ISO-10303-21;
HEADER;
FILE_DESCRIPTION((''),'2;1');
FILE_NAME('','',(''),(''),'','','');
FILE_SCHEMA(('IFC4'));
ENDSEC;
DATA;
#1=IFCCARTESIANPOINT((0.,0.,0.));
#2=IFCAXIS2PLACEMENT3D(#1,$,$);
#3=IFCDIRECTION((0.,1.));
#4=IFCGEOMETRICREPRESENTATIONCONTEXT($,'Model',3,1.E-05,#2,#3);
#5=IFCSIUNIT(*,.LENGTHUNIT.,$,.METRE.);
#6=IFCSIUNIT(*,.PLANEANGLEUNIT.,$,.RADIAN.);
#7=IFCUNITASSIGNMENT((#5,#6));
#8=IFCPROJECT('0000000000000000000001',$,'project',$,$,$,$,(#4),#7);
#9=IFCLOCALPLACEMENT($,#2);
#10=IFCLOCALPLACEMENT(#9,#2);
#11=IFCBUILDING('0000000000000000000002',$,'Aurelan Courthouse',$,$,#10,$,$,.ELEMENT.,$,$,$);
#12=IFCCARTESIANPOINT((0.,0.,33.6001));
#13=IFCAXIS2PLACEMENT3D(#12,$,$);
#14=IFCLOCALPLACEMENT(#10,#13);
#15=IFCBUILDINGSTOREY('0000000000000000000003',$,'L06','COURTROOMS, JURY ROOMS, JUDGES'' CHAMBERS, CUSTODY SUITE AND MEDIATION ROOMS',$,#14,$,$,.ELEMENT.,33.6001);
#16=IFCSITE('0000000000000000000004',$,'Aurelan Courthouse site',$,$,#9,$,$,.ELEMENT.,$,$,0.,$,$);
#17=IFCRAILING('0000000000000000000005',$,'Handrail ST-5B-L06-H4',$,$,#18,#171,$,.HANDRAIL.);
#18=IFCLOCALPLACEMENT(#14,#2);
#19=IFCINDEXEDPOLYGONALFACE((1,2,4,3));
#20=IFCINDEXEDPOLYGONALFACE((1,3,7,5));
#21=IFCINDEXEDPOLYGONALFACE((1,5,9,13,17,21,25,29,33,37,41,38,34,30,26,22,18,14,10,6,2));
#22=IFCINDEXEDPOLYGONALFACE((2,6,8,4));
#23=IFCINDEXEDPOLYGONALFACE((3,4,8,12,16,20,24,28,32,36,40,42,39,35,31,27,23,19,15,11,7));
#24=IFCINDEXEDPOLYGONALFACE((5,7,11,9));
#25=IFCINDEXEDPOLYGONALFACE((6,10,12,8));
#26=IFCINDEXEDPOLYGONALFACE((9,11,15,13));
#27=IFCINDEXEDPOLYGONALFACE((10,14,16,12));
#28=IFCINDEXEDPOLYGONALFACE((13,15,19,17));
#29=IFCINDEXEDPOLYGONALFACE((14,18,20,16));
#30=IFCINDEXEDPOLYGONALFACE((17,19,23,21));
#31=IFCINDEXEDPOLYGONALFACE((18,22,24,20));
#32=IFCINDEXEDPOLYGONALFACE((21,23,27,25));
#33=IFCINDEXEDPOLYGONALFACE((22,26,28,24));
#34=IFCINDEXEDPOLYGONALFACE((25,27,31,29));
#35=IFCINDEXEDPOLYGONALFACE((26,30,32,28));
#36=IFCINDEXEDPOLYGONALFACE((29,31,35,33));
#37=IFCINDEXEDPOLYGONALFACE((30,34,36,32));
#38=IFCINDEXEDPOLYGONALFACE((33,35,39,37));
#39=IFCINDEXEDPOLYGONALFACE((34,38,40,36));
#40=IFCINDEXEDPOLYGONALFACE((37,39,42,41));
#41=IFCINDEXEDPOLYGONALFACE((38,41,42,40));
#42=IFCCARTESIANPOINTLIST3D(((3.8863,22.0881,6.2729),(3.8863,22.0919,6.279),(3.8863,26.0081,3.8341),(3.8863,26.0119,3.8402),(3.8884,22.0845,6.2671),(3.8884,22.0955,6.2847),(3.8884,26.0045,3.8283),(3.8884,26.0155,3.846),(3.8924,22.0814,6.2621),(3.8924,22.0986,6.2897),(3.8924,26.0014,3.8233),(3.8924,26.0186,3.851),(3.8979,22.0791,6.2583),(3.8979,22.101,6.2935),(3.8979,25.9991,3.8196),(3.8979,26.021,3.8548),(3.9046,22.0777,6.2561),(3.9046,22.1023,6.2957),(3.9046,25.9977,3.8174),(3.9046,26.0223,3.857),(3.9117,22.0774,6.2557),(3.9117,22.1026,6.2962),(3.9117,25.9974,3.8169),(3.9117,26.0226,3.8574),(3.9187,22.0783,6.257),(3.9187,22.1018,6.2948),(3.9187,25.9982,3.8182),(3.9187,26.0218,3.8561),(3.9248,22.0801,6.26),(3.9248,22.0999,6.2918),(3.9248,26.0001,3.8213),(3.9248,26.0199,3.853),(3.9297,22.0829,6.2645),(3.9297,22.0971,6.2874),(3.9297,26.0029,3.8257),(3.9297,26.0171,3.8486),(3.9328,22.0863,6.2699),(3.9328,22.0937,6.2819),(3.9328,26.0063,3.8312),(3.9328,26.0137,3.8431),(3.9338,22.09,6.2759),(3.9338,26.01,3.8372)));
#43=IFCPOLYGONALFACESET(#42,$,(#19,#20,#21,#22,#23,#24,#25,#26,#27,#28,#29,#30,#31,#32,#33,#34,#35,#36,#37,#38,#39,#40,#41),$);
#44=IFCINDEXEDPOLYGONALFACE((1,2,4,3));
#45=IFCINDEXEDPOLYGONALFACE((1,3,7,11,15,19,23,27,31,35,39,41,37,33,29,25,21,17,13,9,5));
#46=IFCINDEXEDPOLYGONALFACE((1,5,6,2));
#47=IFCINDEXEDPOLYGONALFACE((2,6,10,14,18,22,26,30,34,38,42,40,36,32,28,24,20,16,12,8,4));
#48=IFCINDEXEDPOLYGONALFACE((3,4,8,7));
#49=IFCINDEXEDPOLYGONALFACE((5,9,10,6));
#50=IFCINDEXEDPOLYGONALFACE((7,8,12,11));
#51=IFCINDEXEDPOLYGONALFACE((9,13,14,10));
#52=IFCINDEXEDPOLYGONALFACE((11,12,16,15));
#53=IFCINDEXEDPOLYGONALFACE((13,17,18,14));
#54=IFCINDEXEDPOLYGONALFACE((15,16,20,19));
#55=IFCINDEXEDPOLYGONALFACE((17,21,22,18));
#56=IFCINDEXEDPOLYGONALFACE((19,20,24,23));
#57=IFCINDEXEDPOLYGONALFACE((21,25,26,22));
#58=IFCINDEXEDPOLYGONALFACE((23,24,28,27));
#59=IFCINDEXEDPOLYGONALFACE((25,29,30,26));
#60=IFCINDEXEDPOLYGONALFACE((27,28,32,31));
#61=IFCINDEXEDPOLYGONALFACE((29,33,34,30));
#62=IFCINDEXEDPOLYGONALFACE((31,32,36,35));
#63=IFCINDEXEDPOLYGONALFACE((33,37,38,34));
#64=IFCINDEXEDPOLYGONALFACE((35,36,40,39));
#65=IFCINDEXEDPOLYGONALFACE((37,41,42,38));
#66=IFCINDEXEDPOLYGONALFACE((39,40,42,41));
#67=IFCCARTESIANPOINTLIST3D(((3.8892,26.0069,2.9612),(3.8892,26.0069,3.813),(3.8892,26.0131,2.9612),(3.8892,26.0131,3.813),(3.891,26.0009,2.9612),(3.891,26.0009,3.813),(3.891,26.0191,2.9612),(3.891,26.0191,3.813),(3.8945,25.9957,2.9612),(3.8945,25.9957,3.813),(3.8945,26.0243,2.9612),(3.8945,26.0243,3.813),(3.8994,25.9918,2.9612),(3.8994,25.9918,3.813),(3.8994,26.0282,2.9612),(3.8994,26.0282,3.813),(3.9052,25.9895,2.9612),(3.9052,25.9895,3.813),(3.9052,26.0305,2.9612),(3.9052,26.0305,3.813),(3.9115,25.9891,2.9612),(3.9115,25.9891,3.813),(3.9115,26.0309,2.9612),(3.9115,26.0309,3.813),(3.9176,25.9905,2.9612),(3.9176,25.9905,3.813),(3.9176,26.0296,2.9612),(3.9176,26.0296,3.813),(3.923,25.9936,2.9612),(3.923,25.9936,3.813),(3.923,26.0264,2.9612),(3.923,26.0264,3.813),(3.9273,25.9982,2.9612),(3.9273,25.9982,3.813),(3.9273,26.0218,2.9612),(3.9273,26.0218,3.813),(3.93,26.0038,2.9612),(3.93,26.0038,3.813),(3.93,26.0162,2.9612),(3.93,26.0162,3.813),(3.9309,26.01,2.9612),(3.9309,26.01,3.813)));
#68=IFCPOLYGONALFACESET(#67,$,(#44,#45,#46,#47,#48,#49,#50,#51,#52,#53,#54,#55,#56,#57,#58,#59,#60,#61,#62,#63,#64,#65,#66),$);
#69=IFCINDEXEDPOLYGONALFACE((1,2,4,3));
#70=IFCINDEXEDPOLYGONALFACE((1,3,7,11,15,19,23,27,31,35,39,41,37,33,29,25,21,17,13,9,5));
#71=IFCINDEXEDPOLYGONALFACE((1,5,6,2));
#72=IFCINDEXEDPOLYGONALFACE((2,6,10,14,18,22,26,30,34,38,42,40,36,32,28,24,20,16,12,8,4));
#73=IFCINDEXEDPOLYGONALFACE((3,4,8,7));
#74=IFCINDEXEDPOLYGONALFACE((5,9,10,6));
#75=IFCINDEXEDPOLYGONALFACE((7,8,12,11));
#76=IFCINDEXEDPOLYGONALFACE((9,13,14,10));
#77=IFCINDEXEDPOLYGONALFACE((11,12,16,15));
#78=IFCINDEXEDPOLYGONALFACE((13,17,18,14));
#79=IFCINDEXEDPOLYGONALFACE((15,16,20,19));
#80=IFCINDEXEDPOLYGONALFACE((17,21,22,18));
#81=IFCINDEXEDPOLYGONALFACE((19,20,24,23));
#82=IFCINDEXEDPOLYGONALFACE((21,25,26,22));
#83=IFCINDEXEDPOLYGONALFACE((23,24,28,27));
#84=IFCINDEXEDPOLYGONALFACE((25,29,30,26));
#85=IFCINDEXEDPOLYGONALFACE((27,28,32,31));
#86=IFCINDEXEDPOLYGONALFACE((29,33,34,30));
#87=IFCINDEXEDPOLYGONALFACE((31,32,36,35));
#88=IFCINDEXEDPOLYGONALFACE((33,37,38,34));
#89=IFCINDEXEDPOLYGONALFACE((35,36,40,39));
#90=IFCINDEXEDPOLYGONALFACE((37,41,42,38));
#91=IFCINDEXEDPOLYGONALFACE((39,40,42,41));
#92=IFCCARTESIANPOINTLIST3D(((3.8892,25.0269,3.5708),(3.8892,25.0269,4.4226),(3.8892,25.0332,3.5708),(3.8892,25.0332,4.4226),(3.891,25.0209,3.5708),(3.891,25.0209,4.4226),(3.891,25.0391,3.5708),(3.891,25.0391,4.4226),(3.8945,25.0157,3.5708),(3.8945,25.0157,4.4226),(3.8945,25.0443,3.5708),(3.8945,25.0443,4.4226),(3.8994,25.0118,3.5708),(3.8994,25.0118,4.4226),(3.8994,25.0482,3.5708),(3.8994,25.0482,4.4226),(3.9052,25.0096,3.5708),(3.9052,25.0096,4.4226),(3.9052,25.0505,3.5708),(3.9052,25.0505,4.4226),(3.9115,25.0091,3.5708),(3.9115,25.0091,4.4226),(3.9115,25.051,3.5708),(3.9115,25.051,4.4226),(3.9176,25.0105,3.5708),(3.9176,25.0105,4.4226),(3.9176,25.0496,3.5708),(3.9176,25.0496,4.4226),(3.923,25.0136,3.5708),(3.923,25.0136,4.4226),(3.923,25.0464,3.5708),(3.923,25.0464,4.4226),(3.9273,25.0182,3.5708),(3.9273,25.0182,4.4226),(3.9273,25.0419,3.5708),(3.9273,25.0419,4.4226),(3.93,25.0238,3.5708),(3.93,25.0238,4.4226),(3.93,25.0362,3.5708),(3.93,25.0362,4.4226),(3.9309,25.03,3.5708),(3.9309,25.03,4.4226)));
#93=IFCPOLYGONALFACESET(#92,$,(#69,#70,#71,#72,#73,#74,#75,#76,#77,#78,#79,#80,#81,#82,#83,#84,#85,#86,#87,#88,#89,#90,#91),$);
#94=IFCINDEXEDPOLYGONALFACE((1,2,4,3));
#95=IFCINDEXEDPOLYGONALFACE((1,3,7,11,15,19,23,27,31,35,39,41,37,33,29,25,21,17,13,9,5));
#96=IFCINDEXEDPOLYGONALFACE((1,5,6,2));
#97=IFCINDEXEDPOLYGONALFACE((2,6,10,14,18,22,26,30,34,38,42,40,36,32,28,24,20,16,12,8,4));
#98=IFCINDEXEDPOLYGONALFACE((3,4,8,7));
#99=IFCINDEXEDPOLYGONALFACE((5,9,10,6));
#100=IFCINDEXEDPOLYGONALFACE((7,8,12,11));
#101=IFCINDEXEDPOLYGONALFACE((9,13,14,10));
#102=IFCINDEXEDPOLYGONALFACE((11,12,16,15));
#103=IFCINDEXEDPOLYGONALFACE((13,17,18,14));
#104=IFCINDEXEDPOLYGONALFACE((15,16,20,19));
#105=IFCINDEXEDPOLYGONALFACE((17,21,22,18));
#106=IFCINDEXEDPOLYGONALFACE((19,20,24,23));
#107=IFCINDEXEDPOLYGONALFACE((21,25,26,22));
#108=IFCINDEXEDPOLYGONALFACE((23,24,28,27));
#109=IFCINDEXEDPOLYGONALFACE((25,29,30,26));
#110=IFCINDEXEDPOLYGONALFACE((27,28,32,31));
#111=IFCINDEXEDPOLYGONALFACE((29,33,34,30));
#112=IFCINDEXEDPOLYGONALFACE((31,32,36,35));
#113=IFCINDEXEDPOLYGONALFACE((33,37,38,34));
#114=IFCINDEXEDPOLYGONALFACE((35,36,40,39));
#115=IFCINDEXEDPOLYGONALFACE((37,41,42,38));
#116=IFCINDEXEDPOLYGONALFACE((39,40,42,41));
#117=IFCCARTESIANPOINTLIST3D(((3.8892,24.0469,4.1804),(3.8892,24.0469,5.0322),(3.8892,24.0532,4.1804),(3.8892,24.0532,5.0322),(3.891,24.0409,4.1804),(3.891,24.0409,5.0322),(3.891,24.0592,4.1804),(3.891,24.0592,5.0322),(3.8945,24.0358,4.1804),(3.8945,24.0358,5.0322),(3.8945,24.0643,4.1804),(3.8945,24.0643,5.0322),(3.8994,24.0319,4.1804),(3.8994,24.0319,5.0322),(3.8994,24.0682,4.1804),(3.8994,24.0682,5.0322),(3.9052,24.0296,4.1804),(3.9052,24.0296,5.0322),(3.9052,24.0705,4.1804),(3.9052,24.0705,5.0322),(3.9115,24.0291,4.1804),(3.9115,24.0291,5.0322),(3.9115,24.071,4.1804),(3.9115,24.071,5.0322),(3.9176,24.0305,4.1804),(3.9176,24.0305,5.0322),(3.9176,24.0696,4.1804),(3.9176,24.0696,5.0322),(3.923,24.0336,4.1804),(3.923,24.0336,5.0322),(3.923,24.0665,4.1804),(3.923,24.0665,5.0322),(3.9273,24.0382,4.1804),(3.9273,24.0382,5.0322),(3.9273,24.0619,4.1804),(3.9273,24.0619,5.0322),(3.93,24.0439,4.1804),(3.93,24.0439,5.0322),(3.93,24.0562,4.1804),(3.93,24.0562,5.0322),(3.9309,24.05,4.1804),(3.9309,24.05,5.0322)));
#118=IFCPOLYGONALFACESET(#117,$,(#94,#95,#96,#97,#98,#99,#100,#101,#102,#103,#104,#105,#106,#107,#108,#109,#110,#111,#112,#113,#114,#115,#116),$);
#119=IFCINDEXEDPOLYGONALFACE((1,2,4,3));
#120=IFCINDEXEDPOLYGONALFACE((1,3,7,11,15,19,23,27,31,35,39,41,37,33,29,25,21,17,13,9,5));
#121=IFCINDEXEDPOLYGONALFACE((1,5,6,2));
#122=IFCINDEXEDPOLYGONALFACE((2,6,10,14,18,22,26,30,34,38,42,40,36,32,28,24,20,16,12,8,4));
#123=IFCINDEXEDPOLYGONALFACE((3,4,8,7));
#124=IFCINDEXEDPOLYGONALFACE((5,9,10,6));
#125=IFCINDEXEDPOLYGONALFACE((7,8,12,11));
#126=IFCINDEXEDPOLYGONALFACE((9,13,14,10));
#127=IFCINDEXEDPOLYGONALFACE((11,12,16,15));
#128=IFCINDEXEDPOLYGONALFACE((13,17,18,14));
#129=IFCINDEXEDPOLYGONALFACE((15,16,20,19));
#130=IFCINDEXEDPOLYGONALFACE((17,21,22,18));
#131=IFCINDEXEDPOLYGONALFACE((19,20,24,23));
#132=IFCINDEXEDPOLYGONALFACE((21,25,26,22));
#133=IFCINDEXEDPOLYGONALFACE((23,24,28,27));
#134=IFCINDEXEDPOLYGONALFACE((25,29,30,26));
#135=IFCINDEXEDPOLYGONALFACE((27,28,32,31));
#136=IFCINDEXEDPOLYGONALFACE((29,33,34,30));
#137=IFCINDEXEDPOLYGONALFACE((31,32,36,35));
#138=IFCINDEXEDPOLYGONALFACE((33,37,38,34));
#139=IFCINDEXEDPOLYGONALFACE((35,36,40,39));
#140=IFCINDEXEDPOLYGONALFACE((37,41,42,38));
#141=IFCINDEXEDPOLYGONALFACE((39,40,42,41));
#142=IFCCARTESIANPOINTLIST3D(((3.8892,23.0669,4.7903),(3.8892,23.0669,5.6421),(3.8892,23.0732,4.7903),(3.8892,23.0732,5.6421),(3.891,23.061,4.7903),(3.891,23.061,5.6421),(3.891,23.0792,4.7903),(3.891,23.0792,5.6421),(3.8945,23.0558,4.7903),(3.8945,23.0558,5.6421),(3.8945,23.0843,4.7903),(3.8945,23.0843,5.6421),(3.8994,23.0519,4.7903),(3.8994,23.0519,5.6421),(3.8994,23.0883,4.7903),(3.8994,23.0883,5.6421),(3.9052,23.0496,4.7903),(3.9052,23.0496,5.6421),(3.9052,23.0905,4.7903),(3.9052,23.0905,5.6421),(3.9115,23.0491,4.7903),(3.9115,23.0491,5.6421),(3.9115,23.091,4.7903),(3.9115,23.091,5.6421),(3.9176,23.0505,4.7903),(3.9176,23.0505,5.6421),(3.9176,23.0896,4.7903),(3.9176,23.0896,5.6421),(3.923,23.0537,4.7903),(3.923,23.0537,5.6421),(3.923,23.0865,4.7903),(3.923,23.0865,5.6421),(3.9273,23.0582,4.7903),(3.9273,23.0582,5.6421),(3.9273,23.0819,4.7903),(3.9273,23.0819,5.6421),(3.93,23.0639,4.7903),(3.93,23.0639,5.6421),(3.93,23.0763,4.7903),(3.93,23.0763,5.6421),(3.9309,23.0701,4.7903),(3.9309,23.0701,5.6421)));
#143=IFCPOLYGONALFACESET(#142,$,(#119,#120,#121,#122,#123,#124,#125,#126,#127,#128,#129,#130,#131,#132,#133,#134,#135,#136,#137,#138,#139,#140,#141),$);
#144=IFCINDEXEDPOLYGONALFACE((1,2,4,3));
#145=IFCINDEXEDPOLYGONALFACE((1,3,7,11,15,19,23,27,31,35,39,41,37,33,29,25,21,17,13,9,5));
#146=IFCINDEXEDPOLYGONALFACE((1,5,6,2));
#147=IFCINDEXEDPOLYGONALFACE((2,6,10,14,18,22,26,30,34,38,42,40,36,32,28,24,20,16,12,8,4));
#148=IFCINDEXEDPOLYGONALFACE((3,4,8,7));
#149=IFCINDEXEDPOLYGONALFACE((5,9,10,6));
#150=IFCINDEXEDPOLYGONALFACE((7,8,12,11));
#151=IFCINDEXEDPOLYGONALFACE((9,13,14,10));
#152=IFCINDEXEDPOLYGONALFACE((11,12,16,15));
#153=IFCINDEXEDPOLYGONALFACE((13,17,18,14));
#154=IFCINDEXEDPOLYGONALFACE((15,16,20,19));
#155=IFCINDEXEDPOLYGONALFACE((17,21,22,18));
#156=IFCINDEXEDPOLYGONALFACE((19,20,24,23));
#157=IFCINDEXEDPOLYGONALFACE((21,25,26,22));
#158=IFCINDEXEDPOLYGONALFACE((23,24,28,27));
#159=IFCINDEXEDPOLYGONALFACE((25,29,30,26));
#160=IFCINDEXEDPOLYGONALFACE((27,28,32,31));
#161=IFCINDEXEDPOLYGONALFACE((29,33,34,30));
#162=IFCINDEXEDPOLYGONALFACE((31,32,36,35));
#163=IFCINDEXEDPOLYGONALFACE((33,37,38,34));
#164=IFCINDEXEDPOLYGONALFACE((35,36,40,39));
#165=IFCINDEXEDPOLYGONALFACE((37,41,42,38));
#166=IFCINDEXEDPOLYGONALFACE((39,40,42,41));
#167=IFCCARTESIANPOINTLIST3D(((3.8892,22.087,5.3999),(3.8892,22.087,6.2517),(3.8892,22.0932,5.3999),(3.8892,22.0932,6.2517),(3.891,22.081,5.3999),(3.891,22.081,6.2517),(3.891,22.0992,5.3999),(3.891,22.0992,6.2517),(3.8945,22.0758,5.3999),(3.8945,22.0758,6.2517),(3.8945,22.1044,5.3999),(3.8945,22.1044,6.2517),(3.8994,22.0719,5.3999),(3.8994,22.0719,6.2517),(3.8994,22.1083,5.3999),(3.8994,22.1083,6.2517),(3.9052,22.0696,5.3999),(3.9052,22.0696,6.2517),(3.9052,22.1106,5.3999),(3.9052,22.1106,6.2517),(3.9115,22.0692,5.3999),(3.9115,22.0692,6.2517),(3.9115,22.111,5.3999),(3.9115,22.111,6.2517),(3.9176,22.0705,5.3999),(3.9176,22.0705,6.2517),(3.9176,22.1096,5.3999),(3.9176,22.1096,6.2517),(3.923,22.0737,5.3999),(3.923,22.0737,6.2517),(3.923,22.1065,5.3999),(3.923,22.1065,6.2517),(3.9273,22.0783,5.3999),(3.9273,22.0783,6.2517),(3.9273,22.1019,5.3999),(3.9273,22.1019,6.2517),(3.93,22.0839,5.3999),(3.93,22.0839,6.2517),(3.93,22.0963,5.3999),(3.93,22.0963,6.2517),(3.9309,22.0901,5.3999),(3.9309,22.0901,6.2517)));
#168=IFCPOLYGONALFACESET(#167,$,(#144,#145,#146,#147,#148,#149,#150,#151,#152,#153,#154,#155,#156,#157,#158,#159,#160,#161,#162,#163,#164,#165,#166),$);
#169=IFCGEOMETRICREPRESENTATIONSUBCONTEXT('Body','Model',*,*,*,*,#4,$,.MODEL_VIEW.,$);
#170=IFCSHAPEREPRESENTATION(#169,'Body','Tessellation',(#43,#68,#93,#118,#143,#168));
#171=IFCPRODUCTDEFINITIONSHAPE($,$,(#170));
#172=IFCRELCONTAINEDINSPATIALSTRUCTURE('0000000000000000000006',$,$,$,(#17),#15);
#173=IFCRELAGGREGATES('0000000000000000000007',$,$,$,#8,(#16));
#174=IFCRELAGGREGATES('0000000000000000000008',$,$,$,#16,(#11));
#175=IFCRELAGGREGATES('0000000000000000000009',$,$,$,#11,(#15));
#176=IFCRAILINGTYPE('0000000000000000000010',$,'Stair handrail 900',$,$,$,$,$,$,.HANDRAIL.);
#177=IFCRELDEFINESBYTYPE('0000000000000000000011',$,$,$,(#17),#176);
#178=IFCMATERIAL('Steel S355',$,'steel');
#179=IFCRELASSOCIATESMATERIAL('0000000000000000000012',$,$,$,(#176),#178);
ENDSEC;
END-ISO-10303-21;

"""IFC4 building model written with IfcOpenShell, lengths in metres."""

from ifc_helpers import new_model, si_unit, direction, frame, origin, origin_2d, place, context, subcontext, project, spatial, circle, extrude, material, type_object, element, save


model = new_model("IFC4")

# Units and contexts
model_context = context("Model", 3, precision=1e-05, world=origin(), true_north=direction((0.0, 1.0)))
body_context = subcontext(model_context, "Body", "Model", "MODEL_VIEW")
ifc_project = project(units=[si_unit("LENGTHUNIT", "METRE"), si_unit("PLANEANGLEUNIT", "RADIAN")], contexts=[model_context])

# Site, building, storey
site_placement = place(None, origin())
site = spatial("IfcSite", under=ifc_project, at=site_placement, Name="Aurelan Courthouse site", CompositionType="ELEMENT", RefElevation=0.0)
building_placement = place(site_placement, origin())
building = spatial("IfcBuilding", under=site, at=building_placement, Name="Aurelan Courthouse", CompositionType="ELEMENT")
storey_placement = place(building_placement, frame((0.0, 0.0, 33.6001)))
storey = spatial("IfcBuildingStorey", under=building, at=storey_placement, Name="L06", Description="COURTROOMS, JURY ROOMS, JUDGES' CHAMBERS, CUSTODY SUITE AND MEDIATION ROOMS", CompositionType="ELEMENT", Elevation=33.6001)

# Railing
ifc_material_1 = material(Name="Steel S355", Category="steel")
railing_type_1 = type_object("IfcRailingType", Name="Stair handrail 900", PredefinedType="HANDRAIL", material=ifc_material_1)
for number, where, name in (
    (1, (3.9099, 26.01, 2.9612), "Handrail ST-5B-L06-H4"),
):
    element("IfcRailing", number, at=place(storey_placement, frame(where)), inside=storey, type_object=railing_type_1, Name=name, PredefinedType="HANDRAIL", context=body_context, shape_type="SweptSolid", body=[
        extrude(circle(Radius=0.0239, at=origin_2d()), frame((0.0, 0.0, 0.876), z_axis=(0.0, -0.84909, 0.528249), x_axis=(1.0, 0.0, 0.0)), (0.0, 0.0, 1.0), 4.6167),
        extrude(circle(Radius=0.021, at=origin_2d()), origin(), (0.0, 0.0, 1.0), 0.8518),
        extrude(circle(Radius=0.021, at=origin_2d()), frame((0.0, -0.98, 0.6096)), (0.0, 0.0, 1.0), 0.8518),
        extrude(circle(Radius=0.021, at=origin_2d()), frame((0.0, -1.96, 1.2192)), (0.0, 0.0, 1.0), 0.8518),
        extrude(circle(Radius=0.021, at=origin_2d()), frame((0.0, -2.9399, 1.8291)), (0.0, 0.0, 1.0), 0.8518),
        extrude(circle(Radius=0.021, at=origin_2d()), frame((0.0, -3.9199, 2.4387)), (0.0, 0.0, 1.0), 0.8518),
    ])

save(model, "model.ifc")
